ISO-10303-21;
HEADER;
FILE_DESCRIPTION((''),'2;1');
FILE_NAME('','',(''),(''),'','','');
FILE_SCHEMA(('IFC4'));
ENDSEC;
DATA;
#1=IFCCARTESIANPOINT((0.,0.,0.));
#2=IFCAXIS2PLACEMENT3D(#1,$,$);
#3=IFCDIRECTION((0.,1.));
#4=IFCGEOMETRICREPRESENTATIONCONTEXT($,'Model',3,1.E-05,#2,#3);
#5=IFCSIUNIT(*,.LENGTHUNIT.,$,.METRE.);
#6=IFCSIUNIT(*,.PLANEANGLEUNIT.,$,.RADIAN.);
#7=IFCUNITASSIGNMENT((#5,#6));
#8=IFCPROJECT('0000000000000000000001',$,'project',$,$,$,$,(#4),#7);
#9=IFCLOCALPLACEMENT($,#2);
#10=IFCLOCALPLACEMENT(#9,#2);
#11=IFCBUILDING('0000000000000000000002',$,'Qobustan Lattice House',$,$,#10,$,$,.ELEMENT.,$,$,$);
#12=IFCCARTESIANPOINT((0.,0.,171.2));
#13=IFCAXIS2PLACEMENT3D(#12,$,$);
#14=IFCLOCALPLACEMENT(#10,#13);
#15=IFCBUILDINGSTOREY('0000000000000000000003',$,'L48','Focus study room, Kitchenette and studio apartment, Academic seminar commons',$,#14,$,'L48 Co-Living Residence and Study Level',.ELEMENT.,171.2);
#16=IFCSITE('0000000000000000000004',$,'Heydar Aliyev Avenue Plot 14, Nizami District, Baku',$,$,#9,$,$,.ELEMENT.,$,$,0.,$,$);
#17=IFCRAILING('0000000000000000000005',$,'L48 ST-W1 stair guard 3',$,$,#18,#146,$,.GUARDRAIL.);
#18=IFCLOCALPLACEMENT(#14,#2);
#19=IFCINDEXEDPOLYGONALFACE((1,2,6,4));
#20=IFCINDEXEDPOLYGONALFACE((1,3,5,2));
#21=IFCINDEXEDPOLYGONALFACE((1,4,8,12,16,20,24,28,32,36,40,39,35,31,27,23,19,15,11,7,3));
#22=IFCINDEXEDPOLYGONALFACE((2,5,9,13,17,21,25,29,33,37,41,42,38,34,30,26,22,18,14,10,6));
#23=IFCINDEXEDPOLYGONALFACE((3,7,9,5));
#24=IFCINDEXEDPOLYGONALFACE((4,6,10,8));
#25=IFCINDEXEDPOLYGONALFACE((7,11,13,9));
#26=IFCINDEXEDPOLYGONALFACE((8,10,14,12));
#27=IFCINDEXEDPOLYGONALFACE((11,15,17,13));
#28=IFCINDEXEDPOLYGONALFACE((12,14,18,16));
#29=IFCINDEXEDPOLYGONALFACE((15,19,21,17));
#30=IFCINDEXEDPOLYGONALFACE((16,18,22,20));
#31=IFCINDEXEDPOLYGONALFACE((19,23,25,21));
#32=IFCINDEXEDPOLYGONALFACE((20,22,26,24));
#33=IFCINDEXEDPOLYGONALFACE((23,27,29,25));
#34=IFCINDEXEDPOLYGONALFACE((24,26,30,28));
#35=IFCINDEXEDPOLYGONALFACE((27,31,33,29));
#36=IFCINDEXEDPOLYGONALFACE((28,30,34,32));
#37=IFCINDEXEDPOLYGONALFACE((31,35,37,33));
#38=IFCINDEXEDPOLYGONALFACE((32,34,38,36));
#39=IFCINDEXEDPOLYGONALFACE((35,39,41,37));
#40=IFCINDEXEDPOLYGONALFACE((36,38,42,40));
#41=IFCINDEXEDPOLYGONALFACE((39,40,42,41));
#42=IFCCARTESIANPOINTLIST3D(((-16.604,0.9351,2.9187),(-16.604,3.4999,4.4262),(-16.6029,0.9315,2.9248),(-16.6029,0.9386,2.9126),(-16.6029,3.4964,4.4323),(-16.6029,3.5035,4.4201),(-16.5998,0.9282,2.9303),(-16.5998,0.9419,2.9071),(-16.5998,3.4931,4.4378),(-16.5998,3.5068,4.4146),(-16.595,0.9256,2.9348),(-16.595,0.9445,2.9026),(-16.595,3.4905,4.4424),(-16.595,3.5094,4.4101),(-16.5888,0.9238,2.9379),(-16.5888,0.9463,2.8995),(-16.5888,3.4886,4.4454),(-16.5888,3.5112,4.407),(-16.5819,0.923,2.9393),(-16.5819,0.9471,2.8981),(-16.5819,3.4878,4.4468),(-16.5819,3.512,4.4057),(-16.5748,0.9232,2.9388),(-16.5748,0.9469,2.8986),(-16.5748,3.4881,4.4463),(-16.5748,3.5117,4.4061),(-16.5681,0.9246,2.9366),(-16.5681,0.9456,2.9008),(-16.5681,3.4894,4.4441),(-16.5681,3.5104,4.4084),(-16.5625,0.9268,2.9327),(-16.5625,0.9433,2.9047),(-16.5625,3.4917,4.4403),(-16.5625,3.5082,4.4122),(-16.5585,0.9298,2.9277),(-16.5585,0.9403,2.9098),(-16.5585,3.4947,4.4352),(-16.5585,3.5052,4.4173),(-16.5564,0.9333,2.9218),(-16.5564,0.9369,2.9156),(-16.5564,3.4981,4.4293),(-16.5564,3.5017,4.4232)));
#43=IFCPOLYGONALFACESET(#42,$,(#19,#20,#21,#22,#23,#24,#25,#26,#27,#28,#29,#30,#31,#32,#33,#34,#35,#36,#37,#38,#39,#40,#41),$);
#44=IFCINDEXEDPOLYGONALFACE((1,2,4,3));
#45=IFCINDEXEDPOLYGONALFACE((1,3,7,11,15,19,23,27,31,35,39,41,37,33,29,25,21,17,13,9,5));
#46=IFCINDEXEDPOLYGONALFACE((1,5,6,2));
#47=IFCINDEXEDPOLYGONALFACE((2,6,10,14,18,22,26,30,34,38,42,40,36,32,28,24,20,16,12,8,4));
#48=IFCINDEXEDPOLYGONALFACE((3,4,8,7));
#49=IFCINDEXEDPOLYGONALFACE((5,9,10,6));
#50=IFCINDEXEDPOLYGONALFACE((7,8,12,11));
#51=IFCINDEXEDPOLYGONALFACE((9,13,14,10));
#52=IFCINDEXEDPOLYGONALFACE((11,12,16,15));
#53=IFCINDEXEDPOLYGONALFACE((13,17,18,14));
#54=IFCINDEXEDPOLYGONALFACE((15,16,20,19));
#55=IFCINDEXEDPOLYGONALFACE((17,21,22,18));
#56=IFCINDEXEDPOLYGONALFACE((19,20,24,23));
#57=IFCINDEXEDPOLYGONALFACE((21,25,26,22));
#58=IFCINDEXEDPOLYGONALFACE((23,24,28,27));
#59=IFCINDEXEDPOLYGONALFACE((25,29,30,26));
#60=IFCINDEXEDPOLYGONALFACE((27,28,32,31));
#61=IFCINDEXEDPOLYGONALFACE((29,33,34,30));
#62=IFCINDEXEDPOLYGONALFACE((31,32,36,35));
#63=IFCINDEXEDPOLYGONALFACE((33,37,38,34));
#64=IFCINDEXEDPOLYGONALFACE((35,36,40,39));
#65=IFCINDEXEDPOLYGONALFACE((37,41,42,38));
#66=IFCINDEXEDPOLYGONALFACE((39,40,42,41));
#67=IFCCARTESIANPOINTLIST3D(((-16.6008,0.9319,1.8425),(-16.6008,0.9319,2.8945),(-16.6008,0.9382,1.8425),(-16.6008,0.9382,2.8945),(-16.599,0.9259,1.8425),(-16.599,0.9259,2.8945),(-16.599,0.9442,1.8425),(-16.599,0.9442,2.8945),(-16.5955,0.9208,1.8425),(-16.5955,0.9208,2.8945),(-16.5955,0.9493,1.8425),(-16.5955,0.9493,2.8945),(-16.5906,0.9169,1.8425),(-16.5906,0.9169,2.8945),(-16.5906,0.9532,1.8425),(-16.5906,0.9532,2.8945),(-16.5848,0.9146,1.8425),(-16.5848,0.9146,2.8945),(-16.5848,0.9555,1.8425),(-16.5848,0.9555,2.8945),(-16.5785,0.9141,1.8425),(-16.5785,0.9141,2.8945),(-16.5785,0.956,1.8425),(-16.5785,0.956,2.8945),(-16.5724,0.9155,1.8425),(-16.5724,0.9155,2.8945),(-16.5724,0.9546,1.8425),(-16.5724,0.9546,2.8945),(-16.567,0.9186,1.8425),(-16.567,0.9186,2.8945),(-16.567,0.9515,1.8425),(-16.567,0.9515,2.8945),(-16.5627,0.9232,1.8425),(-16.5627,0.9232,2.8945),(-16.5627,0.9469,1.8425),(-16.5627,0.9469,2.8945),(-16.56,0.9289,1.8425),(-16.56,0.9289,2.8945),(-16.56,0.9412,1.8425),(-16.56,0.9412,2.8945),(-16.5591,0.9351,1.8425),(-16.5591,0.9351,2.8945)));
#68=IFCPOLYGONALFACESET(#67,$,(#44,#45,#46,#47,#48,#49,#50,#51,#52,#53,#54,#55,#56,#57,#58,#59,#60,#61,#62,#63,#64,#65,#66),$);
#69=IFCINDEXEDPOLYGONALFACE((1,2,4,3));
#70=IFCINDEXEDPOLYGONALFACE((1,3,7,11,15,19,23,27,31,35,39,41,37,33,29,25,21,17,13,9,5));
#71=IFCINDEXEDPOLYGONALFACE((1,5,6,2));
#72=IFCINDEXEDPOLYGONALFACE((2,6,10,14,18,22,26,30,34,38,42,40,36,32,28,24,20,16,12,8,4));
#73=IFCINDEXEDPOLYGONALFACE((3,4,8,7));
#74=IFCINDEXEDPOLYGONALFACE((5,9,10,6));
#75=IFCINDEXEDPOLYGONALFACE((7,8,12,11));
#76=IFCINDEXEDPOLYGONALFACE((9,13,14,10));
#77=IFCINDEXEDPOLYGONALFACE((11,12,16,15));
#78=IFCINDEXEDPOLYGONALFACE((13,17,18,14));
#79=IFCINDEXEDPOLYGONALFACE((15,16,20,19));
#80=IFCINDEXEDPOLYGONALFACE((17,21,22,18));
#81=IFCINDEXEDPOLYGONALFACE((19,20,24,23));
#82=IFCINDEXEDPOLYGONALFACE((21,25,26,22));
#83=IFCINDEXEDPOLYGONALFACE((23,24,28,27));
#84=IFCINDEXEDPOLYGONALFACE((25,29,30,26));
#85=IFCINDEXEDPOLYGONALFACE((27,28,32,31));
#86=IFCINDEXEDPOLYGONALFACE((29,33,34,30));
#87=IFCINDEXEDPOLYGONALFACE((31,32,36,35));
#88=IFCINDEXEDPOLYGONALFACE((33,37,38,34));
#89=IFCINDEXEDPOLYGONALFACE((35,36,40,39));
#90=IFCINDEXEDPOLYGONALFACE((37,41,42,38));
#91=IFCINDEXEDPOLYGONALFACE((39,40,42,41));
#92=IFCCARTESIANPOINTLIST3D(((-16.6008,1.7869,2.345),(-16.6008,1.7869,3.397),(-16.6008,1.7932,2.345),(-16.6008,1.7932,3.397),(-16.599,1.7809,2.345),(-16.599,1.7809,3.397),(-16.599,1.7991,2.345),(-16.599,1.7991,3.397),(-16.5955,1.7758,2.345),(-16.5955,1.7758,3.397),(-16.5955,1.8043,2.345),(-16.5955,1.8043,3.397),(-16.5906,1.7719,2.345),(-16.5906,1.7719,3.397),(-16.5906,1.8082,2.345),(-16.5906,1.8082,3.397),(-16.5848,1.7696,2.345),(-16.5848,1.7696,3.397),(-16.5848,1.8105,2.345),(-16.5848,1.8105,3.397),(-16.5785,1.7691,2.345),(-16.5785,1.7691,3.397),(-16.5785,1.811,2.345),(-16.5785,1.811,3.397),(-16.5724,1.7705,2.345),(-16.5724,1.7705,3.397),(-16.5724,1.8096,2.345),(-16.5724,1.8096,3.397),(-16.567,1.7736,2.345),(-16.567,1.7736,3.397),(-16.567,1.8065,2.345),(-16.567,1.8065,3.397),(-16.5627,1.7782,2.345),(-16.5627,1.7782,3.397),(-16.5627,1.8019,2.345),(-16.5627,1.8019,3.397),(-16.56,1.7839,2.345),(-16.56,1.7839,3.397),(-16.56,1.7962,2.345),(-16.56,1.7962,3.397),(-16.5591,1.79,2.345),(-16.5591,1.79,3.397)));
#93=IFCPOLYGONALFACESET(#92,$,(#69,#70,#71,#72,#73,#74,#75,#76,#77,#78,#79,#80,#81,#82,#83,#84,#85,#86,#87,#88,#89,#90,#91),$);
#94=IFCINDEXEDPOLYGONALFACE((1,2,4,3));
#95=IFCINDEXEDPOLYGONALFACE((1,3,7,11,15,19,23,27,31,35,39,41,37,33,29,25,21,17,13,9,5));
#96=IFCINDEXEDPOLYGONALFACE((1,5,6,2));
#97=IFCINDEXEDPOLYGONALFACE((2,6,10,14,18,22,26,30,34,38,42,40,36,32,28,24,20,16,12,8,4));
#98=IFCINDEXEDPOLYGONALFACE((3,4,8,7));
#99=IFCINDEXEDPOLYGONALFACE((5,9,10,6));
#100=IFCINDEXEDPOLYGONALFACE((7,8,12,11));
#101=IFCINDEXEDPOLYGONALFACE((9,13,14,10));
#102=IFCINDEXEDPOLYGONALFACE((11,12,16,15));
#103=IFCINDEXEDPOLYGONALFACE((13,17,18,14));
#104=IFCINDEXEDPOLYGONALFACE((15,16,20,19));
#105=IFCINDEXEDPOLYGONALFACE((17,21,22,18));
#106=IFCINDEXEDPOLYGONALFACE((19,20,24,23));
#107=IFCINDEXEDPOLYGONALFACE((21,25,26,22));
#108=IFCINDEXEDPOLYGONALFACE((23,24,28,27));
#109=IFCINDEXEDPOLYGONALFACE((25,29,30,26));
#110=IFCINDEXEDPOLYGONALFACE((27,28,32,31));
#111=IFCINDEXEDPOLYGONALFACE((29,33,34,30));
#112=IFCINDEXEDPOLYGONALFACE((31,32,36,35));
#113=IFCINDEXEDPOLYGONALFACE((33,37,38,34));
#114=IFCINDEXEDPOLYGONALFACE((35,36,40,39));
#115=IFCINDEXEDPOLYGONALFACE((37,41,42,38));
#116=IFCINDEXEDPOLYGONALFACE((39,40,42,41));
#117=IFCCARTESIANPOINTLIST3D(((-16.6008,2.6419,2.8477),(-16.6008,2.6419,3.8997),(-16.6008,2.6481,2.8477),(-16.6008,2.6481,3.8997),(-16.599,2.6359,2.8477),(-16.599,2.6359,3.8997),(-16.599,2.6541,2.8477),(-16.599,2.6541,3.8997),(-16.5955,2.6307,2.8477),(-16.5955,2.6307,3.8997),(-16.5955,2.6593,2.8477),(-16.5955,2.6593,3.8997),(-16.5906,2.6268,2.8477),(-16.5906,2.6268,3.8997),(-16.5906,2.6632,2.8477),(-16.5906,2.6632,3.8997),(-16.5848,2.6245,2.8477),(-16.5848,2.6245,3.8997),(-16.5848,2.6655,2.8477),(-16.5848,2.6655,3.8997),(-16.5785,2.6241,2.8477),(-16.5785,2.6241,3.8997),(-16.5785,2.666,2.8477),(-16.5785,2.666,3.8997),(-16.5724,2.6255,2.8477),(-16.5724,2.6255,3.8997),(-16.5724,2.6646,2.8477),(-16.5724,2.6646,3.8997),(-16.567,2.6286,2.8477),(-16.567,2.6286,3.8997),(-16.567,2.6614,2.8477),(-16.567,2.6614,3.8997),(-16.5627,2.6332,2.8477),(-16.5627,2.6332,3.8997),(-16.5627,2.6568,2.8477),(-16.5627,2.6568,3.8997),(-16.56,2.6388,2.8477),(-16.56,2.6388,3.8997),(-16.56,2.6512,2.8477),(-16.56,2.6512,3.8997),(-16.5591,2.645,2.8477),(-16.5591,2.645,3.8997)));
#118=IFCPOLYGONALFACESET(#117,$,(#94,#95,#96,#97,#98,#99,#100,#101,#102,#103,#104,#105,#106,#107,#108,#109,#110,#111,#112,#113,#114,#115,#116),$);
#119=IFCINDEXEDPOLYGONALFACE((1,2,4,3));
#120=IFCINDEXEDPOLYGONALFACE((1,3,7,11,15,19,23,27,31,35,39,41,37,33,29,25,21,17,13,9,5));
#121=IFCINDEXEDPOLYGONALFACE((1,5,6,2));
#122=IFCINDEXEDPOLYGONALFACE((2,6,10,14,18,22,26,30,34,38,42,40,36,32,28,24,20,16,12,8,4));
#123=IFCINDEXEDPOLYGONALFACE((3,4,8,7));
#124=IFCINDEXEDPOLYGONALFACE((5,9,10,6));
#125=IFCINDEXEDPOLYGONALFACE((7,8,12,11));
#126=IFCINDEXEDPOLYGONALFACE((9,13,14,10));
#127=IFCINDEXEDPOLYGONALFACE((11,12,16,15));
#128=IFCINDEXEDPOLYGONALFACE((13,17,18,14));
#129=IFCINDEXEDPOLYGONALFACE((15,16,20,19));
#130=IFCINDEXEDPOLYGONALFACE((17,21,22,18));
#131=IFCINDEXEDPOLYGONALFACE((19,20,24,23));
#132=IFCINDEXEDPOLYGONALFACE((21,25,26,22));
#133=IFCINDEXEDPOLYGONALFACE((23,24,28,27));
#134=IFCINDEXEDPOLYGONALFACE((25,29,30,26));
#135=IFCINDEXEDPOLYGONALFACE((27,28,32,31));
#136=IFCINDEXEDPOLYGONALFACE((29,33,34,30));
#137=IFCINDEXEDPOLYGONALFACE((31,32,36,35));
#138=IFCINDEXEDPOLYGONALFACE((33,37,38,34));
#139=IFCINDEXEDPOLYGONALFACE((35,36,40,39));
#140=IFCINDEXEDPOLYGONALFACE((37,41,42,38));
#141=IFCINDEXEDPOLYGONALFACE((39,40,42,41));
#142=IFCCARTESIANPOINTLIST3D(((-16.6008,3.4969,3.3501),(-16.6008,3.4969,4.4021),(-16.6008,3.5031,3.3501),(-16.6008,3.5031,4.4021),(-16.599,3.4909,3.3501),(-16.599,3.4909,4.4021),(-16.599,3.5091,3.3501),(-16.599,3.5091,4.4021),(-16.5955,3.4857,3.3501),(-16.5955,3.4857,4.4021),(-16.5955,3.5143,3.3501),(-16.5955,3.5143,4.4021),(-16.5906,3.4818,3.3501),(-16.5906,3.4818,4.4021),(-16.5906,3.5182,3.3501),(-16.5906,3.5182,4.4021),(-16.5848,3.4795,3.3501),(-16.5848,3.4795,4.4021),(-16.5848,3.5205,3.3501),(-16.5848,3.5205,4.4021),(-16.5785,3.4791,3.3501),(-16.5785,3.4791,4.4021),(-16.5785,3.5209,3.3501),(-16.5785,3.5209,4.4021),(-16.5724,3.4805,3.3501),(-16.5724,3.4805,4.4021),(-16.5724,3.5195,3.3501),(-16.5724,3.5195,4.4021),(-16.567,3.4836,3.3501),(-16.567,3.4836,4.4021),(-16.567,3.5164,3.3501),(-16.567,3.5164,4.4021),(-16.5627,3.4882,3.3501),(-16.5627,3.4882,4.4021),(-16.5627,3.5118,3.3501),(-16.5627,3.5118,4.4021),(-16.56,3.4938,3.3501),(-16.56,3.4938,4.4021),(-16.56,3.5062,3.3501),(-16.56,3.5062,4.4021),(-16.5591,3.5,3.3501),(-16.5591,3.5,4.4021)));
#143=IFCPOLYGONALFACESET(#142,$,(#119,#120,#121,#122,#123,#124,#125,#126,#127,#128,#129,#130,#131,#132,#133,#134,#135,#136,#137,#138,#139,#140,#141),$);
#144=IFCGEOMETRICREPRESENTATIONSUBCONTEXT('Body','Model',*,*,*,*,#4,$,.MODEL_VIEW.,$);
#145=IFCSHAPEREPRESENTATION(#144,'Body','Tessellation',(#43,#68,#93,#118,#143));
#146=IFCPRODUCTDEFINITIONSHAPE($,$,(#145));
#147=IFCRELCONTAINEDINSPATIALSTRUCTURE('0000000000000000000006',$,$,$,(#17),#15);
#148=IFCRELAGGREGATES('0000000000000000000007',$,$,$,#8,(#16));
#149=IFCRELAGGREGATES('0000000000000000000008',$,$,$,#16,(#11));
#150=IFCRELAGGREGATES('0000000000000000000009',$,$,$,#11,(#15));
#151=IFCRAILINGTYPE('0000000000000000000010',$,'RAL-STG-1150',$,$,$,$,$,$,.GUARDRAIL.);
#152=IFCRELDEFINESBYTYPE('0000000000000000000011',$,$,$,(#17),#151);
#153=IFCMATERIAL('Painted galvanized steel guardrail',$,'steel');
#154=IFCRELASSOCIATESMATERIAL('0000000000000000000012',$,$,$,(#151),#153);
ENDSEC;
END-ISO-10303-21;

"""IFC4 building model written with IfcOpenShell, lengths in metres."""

from ifc_helpers import new_model, si_unit, direction, frame, origin, origin_2d, place, context, subcontext, project, spatial, circle, extrude, material, type_object, element, save


model = new_model("IFC4")

# Units and contexts
model_context = context("Model", 3, precision=1e-05, world=origin(), true_north=direction((0.0, 1.0)))
body_context = subcontext(model_context, "Body", "Model", "MODEL_VIEW")
ifc_project = project(units=[si_unit("LENGTHUNIT", "METRE"), si_unit("PLANEANGLEUNIT", "RADIAN")], contexts=[model_context])

# Site, building, storey
site_placement = place(None, origin())
site = spatial("IfcSite", under=ifc_project, at=site_placement, Name="Heydar Aliyev Avenue Plot 14, Nizami District, Baku", CompositionType="ELEMENT", RefElevation=0.0)
building_placement = place(site_placement, origin())
building = spatial("IfcBuilding", under=site, at=building_placement, Name="Qobustan Lattice House", CompositionType="ELEMENT")
storey_placement = place(building_placement, frame((0.0, 0.0, 171.2)))
storey = spatial("IfcBuildingStorey", under=building, at=storey_placement, Name="L48", Description="Focus study room, Kitchenette and studio apartment, Academic seminar commons", LongName="L48 Co-Living Residence and Study Level", CompositionType="ELEMENT", Elevation=171.2)

# Railing
ifc_material_1 = material(Name="Painted galvanized steel guardrail", Category="steel")
railing_type_1 = type_object("IfcRailingType", Name="RAL-STG-1150", PredefinedType="GUARDRAIL", material=ifc_material_1)
railing_1_placement = place(storey_placement, frame((-16.5801, 0.9351, 1.8425)))
element("IfcRailing", 1, at=railing_1_placement, inside=storey, type_object=railing_type_1, Name="L48 ST-W1 stair guard 3", PredefinedType="GUARDRAIL", context=body_context, shape_type="SweptSolid", body=[
    extrude(circle(Radius=0.0239, at=origin_2d()), frame((0.0, 0.0, 1.0762), z_axis=(0.0, 0.862113, 0.506715), x_axis=(-1.0, 0.0, 0.0)), (0.0, 0.0, 1.0), 2.9751),
    extrude(circle(Radius=0.021, at=origin_2d()), origin(), (0.0, 0.0, 1.0), 1.052),
    extrude(circle(Radius=0.021, at=origin_2d()), frame((0.0, 0.855, 0.5024)), (0.0, 0.0, 1.0), 1.052),
    extrude(circle(Radius=0.021, at=origin_2d()), frame((0.0, 1.71, 1.0051)), (0.0, 0.0, 1.0), 1.052),
    extrude(circle(Radius=0.021, at=origin_2d()), frame((0.0, 2.5649, 1.5076)), (0.0, 0.0, 1.0), 1.052),
])

save(model, "model.ifc")
